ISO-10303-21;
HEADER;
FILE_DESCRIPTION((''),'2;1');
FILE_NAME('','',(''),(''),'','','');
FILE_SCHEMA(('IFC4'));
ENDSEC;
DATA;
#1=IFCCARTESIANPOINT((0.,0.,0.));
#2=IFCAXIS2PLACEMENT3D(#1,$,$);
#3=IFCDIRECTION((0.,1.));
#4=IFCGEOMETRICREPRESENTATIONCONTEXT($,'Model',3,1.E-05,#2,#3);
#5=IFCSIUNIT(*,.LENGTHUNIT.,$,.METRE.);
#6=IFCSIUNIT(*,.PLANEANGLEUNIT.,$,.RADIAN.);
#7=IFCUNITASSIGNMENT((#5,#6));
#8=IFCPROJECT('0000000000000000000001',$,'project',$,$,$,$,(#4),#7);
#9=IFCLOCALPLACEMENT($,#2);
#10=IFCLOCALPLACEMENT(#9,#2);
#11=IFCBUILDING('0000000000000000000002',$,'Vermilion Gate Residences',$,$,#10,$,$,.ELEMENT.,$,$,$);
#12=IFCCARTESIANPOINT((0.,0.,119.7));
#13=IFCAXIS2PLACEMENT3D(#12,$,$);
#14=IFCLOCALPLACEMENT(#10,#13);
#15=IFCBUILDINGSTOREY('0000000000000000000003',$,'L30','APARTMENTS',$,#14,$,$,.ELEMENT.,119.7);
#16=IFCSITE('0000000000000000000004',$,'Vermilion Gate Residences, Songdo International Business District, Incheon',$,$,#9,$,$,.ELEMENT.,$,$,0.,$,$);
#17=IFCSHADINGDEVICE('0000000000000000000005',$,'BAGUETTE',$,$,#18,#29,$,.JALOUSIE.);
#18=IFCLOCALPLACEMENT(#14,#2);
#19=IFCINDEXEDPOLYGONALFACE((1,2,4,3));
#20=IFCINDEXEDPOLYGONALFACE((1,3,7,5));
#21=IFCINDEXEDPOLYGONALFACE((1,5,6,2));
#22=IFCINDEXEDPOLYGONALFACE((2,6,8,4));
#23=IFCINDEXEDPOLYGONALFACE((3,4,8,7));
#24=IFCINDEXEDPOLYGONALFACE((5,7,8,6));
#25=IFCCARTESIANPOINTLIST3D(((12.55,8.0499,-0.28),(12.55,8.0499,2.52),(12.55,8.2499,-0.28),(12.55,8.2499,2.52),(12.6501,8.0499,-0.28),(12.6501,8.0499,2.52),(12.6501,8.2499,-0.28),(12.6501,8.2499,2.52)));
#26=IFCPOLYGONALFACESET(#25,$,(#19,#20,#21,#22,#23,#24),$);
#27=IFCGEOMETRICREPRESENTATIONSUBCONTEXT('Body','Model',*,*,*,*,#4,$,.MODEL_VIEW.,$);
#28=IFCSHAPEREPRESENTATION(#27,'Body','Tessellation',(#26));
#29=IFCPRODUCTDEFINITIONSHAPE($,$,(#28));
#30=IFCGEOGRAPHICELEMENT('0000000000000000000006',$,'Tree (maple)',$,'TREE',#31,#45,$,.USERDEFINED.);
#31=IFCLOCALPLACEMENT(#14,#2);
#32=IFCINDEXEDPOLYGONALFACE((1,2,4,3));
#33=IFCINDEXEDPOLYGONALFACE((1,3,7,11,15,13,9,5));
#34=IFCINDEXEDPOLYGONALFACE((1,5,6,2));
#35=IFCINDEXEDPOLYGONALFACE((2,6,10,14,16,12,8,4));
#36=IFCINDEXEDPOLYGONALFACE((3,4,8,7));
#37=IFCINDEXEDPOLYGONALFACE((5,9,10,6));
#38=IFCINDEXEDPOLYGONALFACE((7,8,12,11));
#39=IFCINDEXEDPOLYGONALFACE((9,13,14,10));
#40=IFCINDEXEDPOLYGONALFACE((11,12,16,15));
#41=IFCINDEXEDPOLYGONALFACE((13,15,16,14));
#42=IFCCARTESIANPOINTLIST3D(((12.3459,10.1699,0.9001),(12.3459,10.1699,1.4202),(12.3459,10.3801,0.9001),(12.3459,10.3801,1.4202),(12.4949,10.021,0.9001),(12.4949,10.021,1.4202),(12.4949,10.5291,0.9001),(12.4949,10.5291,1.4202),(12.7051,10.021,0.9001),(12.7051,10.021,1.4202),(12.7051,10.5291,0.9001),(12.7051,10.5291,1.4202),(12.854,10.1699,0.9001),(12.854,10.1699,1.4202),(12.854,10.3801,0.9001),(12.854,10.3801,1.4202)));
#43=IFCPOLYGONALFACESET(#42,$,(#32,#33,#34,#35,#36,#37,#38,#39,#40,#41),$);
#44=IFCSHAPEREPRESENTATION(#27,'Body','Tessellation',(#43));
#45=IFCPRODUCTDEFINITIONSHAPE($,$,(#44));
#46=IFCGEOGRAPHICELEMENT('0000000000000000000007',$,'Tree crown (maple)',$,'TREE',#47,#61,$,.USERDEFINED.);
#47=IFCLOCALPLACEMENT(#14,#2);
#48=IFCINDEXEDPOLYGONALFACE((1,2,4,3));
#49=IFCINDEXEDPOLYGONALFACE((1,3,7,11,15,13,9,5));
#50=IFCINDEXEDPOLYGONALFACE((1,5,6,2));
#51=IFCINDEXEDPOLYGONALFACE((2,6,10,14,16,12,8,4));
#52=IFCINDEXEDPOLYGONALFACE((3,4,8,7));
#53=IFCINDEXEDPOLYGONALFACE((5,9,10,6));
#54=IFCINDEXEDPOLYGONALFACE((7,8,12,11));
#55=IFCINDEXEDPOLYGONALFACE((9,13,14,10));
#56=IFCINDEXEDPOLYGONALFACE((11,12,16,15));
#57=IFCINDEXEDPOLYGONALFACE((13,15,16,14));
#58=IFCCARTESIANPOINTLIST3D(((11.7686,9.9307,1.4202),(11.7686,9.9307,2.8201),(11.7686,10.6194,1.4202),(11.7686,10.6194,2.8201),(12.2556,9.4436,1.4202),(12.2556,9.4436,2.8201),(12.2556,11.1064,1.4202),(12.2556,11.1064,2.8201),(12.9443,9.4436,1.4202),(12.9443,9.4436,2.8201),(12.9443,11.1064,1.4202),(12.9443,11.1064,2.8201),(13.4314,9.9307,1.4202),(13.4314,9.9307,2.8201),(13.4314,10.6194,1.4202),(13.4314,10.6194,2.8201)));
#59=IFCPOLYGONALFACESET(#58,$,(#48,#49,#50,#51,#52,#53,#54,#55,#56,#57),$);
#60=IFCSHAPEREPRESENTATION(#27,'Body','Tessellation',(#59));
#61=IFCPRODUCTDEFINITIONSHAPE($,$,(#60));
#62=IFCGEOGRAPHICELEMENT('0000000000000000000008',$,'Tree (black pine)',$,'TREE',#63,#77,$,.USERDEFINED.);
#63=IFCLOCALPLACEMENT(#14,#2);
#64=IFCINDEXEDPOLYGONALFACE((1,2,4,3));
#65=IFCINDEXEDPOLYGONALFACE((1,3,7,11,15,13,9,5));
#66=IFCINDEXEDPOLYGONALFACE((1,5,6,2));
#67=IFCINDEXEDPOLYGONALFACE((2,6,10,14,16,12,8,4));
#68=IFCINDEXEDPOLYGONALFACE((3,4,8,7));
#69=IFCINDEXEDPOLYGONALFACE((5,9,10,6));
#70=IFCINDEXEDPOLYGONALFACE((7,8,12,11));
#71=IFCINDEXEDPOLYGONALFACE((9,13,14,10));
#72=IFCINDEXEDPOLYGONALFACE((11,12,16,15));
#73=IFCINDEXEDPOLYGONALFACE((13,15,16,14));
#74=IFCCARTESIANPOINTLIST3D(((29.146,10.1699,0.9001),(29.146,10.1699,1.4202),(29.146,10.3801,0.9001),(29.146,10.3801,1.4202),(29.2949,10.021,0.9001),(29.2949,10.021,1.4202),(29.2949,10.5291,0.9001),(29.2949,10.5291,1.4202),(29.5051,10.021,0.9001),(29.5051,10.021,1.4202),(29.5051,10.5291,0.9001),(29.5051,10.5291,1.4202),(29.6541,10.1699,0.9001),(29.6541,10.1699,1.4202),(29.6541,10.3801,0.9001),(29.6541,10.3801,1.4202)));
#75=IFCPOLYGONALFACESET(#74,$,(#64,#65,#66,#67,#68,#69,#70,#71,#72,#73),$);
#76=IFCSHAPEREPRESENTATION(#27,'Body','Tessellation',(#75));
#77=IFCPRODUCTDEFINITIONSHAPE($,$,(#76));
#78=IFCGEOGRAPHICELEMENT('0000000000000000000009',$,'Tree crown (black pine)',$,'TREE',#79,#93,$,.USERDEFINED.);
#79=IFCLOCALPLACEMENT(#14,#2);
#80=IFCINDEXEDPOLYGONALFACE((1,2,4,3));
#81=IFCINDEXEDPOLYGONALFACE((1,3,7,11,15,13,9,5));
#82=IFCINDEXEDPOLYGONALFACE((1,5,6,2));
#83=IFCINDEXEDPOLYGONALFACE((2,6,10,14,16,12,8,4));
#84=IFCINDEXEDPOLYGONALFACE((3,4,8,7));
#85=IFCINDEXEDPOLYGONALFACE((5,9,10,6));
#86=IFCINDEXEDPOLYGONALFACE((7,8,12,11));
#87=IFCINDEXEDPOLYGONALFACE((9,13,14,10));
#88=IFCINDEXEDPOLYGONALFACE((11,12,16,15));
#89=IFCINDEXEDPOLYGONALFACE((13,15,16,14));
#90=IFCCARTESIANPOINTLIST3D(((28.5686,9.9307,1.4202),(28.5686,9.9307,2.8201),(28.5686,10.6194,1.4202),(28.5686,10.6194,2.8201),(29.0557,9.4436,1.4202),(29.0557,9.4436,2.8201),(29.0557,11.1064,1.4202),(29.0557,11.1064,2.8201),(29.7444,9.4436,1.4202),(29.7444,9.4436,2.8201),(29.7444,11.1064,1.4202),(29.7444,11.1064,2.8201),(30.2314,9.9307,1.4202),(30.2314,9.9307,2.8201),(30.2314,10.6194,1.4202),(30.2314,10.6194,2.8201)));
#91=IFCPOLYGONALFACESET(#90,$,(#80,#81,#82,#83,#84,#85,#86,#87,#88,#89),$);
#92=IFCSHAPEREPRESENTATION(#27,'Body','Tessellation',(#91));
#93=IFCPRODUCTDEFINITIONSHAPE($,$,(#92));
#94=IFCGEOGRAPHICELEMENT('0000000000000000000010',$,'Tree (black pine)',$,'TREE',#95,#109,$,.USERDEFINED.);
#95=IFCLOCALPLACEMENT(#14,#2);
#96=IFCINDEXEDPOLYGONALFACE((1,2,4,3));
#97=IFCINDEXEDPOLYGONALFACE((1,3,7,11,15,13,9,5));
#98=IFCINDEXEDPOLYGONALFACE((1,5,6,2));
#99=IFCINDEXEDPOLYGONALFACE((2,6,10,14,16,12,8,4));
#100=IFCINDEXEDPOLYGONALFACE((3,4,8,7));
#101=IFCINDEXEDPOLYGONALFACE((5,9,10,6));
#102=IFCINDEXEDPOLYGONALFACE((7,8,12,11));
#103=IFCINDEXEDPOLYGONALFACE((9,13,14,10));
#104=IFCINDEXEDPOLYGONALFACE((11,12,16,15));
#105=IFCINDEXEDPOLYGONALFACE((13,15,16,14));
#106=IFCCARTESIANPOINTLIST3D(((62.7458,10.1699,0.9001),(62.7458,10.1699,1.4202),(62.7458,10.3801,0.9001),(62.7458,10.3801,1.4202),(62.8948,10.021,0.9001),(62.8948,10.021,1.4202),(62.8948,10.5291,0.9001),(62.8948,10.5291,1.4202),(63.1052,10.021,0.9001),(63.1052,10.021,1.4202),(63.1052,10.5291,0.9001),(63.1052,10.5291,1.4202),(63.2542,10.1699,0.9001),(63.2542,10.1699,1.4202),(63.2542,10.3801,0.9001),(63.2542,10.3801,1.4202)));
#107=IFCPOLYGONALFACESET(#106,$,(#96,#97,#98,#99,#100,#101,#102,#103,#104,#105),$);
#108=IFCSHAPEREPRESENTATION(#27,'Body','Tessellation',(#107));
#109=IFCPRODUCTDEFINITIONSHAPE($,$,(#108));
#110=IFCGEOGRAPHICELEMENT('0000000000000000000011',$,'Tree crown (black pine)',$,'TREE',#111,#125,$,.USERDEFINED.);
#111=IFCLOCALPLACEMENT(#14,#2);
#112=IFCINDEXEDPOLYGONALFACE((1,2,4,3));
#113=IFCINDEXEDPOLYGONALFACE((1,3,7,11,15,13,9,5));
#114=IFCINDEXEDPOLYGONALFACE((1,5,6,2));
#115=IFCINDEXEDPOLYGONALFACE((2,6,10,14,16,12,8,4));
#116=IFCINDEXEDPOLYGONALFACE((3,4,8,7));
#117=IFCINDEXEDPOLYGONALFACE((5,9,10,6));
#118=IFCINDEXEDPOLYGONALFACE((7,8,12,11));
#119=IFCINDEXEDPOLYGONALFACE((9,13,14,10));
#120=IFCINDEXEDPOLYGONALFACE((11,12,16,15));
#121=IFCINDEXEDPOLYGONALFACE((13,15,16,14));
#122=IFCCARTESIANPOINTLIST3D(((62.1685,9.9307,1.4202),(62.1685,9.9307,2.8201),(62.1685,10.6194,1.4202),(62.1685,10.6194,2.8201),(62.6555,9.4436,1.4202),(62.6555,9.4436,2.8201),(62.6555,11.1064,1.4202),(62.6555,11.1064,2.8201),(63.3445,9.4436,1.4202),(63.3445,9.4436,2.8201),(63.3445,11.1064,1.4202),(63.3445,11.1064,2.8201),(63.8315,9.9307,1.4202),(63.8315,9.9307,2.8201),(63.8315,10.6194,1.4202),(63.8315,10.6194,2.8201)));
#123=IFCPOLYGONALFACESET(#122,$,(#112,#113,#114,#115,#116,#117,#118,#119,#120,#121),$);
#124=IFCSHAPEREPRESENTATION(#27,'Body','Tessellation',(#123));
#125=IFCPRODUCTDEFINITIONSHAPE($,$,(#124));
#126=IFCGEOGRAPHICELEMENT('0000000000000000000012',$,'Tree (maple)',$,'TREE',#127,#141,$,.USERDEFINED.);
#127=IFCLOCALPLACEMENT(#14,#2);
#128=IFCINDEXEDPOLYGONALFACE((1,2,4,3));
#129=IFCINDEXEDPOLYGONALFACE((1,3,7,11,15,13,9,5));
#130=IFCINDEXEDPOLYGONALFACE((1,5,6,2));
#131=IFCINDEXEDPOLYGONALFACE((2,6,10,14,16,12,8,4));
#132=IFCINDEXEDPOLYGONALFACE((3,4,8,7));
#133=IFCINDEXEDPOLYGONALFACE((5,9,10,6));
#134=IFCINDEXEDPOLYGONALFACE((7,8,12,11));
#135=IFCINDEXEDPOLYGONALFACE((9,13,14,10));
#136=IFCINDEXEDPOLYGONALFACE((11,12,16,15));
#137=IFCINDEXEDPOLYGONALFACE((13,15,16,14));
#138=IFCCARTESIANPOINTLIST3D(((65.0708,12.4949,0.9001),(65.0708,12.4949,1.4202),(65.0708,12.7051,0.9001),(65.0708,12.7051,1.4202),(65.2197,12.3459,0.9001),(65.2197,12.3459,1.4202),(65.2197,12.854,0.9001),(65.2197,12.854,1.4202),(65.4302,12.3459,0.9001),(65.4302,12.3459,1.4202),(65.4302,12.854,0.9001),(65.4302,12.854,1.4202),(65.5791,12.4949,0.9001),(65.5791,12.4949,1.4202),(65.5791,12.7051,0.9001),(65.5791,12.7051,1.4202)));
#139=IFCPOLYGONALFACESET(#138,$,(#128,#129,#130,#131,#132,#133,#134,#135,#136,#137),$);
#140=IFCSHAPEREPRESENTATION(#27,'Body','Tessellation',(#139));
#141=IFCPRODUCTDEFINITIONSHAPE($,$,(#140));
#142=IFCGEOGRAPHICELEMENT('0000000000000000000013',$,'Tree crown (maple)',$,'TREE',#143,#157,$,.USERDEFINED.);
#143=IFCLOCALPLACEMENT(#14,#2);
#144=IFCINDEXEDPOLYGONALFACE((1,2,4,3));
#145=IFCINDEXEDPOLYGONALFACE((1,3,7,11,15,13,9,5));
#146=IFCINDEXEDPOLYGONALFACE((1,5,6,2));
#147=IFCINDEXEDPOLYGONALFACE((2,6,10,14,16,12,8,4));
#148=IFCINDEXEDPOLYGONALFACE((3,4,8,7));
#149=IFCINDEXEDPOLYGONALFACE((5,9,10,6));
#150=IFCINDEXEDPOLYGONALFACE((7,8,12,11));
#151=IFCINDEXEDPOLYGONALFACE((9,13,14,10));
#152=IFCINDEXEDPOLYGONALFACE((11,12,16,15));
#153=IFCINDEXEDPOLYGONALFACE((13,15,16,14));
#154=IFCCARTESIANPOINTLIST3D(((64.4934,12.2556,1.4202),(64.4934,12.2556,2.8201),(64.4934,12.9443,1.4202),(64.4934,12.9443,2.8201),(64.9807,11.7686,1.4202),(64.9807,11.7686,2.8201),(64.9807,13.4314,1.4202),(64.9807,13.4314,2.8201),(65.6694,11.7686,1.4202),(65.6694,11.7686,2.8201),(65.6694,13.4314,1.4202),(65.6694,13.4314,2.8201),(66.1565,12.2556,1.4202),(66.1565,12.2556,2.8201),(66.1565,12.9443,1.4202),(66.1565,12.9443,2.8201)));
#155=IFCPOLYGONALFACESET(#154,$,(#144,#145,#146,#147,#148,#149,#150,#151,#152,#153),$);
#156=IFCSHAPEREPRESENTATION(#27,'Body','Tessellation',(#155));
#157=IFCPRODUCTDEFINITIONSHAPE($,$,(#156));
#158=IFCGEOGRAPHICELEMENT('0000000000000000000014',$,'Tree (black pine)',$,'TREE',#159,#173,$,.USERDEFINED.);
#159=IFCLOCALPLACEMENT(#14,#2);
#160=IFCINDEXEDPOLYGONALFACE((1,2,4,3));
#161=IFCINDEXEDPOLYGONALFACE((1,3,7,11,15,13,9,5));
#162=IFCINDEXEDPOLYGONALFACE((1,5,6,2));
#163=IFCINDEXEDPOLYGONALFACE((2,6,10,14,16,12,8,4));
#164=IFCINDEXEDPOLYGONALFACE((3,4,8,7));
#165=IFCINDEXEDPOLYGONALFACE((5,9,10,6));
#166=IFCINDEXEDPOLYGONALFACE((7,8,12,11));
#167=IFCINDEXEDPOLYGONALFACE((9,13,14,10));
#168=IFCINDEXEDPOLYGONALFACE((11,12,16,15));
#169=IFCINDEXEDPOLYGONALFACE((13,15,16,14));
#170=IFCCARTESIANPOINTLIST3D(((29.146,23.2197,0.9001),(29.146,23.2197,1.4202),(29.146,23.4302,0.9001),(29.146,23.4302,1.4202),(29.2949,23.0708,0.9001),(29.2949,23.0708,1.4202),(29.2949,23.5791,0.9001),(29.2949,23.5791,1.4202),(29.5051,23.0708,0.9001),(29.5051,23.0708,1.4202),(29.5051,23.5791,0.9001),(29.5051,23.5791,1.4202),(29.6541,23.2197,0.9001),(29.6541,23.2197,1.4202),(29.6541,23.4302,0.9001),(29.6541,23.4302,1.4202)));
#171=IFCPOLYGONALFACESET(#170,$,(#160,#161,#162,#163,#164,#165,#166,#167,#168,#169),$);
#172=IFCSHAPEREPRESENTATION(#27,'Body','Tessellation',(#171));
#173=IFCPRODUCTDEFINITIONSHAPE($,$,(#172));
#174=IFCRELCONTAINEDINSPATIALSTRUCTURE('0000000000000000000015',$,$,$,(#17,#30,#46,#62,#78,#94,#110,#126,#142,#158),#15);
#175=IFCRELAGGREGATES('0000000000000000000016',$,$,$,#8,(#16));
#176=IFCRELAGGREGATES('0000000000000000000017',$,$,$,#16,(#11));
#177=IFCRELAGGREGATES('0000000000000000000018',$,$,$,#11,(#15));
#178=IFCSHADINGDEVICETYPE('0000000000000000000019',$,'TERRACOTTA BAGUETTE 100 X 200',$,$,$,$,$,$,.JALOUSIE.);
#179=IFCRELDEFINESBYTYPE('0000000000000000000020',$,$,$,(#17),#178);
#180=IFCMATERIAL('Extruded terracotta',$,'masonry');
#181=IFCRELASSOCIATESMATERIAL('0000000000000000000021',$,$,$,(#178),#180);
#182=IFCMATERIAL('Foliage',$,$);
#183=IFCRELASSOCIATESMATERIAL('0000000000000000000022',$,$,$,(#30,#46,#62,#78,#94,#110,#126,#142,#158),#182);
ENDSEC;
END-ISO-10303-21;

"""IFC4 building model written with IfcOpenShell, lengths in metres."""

from ifc_helpers import new_model, si_unit, direction, frame, origin, origin_2d, place, context, subcontext, project, spatial, polyline, rectangle, outline, extrude, material, material_profile, profile_set, type_object, element, save


model = new_model("IFC4")

# Units and contexts
model_context = context("Model", 3, precision=1e-05, world=origin(), true_north=direction((0.0, 1.0)))
body_context = subcontext(model_context, "Body", "Model", "MODEL_VIEW")
ifc_project = project(units=[si_unit("LENGTHUNIT", "METRE"), si_unit("PLANEANGLEUNIT", "RADIAN")], contexts=[model_context])

# Site, building, storey
site_placement = place(None, origin())
site = spatial("IfcSite", under=ifc_project, at=site_placement, Name="Vermilion Gate Residences, Songdo International Business District, Incheon", CompositionType="ELEMENT", RefElevation=0.0)
building_placement = place(site_placement, origin())
building = spatial("IfcBuilding", under=site, at=building_placement, Name="Vermilion Gate Residences", CompositionType="ELEMENT")
storey_placement = place(building_placement, frame((0.0, 0.0, 119.7)))
storey = spatial("IfcBuildingStorey", under=building, at=storey_placement, Name="L30", Description="APARTMENTS", CompositionType="ELEMENT", Elevation=119.7)

# Shading device
ifc_material_1 = material(Name="Extruded terracotta", Category="masonry")
ifc_material_profile_1 = material_profile(ifc_material_1, rectangle(XDim=0.2, YDim=0.1001, at=origin_2d()), Name="BAGUETTE 100 X 200")
ifc_profile_set_1 = profile_set([ifc_material_profile_1], Name="Extruded terracotta")
shading_device_type = type_object("IfcShadingDeviceType", Name="TERRACOTTA BAGUETTE 100 X 200", PredefinedType="JALOUSIE", material=ifc_profile_set_1)
shading_device_1_placement = place(storey_placement, frame((12.6001, 8.1499, -0.28), z_axis=(0.0, 0.0, 1.0), x_axis=(0.0, 1.0, 0.0)))
element("IfcShadingDevice", 1, at=shading_device_1_placement, inside=storey, type_object=shading_device_type, Name="BAGUETTE", PredefinedType="JALOUSIE", context=body_context, shape_type="SweptSolid", body=[
    extrude(rectangle(XDim=0.2, YDim=0.1001, at=origin_2d()), origin(), (0.0, 0.0, 1.0), 2.8),
])

# Geographic elements
ifc_material_2 = material(Name="Foliage")
geographic_element_1_placement = place(storey_placement, frame((0.0, 0.0, 0.9001)))
element("IfcGeographicElement", 2, at=geographic_element_1_placement, inside=storey, material=ifc_material_2, Name="Tree (maple)", ObjectType="TREE", PredefinedType="USERDEFINED", context=body_context, shape_type="SweptSolid", body=[
    extrude(outline(polyline([(12.854, 10.3801), (12.7051, 10.5291), (12.4949, 10.5291), (12.3459, 10.3801), (12.3459, 10.1699), (12.4949, 10.021), (12.7051, 10.021), (12.854, 10.1699), (12.854, 10.3801)])), origin(), (0.0, 0.0, 1.0), 0.52),
])
geographic_element_2_placement = place(storey_placement, frame((0.0, 0.0, 1.4202)))
element("IfcGeographicElement", 3, at=geographic_element_2_placement, inside=storey, material=ifc_material_2, Name="Tree crown (maple)", ObjectType="TREE", PredefinedType="USERDEFINED", context=body_context, shape_type="SweptSolid", body=[
    extrude(outline(polyline([(13.4314, 10.6194), (12.9443, 11.1064), (12.2556, 11.1064), (11.7686, 10.6194), (11.7686, 9.9307), (12.2556, 9.4436), (12.9443, 9.4436), (13.4314, 9.9307), (13.4314, 10.6194)])), origin(), (0.0, 0.0, 1.0), 1.3999),
])
geographic_element_3_placement = place(storey_placement, frame((0.0, 0.0, 0.9001)))
element("IfcGeographicElement", 4, at=geographic_element_3_placement, inside=storey, material=ifc_material_2, Name="Tree (black pine)", ObjectType="TREE", PredefinedType="USERDEFINED", context=body_context, shape_type="SweptSolid", body=[
    extrude(outline(polyline([(29.6541, 10.3801), (29.5051, 10.5291), (29.2949, 10.5291), (29.146, 10.3801), (29.146, 10.1699), (29.2949, 10.021), (29.5051, 10.021), (29.6541, 10.1699), (29.6541, 10.3801)])), origin(), (0.0, 0.0, 1.0), 0.52),
])
geographic_element_4_placement = place(storey_placement, frame((0.0, 0.0, 1.4202)))
element("IfcGeographicElement", 5, at=geographic_element_4_placement, inside=storey, material=ifc_material_2, Name="Tree crown (black pine)", ObjectType="TREE", PredefinedType="USERDEFINED", context=body_context, shape_type="SweptSolid", body=[
    extrude(outline(polyline([(30.2314, 10.6194), (29.7444, 11.1064), (29.0557, 11.1064), (28.5686, 10.6194), (28.5686, 9.9307), (29.0557, 9.4436), (29.7444, 9.4436), (30.2314, 9.9307), (30.2314, 10.6194)])), origin(), (0.0, 0.0, 1.0), 1.3999),
])
geographic_element_5_placement = place(storey_placement, frame((0.0, 0.0, 0.9001)))
element("IfcGeographicElement", 6, at=geographic_element_5_placement, inside=storey, material=ifc_material_2, Name="Tree (black pine)", ObjectType="TREE", PredefinedType="USERDEFINED", context=body_context, shape_type="SweptSolid", body=[
    extrude(outline(polyline([(63.2542, 10.3801), (63.1052, 10.5291), (62.8948, 10.5291), (62.7458, 10.3801), (62.7458, 10.1699), (62.8948, 10.021), (63.1052, 10.021), (63.2542, 10.1699), (63.2542, 10.3801)])), origin(), (0.0, 0.0, 1.0), 0.52),
])
geographic_element_6_placement = place(storey_placement, frame((0.0, 0.0, 1.4202)))
element("IfcGeographicElement", 7, at=geographic_element_6_placement, inside=storey, material=ifc_material_2, Name="Tree crown (black pine)", ObjectType="TREE", PredefinedType="USERDEFINED", context=body_context, shape_type="SweptSolid", body=[
    extrude(outline(polyline([(63.8315, 10.6194), (63.3445, 11.1064), (62.6555, 11.1064), (62.1685, 10.6194), (62.1685, 9.9307), (62.6555, 9.4436), (63.3445, 9.4436), (63.8315, 9.9307), (63.8315, 10.6194)])), origin(), (0.0, 0.0, 1.0), 1.3999),
])
geographic_element_7_placement = place(storey_placement, frame((0.0, 0.0, 0.9001)))
element("IfcGeographicElement", 8, at=geographic_element_7_placement, inside=storey, material=ifc_material_2, Name="Tree (maple)", ObjectType="TREE", PredefinedType="USERDEFINED", context=body_context, shape_type="SweptSolid", body=[
    extrude(outline(polyline([(65.5791, 12.7051), (65.4302, 12.854), (65.2197, 12.854), (65.0708, 12.7051), (65.0708, 12.4949), (65.2197, 12.3459), (65.4302, 12.3459), (65.5791, 12.4949), (65.5791, 12.7051)])), origin(), (0.0, 0.0, 1.0), 0.52),
])
geographic_element_8_placement = place(storey_placement, frame((0.0, 0.0, 1.4202)))
element("IfcGeographicElement", 9, at=geographic_element_8_placement, inside=storey, material=ifc_material_2, Name="Tree crown (maple)", ObjectType="TREE", PredefinedType="USERDEFINED", context=body_context, shape_type="SweptSolid", body=[
    extrude(outline(polyline([(66.1565, 12.9443), (65.6694, 13.4314), (64.9807, 13.4314), (64.4934, 12.9443), (64.4934, 12.2556), (64.9807, 11.7686), (65.6694, 11.7686), (66.1565, 12.2556), (66.1565, 12.9443)])), origin(), (0.0, 0.0, 1.0), 1.3999),
])
geographic_element_9_placement = place(storey_placement, frame((0.0, 0.0, 0.9001)))
element("IfcGeographicElement", 10, at=geographic_element_9_placement, inside=storey, material=ifc_material_2, Name="Tree (black pine)", ObjectType="TREE", PredefinedType="USERDEFINED", context=body_context, shape_type="SweptSolid", body=[
    extrude(outline(polyline([(29.6541, 23.4302), (29.5051, 23.5791), (29.2949, 23.5791), (29.146, 23.4302), (29.146, 23.2197), (29.2949, 23.0708), (29.5051, 23.0708), (29.6541, 23.2197), (29.6541, 23.4302)])), origin(), (0.0, 0.0, 1.0), 0.52),
])

save(model, "model.ifc")
